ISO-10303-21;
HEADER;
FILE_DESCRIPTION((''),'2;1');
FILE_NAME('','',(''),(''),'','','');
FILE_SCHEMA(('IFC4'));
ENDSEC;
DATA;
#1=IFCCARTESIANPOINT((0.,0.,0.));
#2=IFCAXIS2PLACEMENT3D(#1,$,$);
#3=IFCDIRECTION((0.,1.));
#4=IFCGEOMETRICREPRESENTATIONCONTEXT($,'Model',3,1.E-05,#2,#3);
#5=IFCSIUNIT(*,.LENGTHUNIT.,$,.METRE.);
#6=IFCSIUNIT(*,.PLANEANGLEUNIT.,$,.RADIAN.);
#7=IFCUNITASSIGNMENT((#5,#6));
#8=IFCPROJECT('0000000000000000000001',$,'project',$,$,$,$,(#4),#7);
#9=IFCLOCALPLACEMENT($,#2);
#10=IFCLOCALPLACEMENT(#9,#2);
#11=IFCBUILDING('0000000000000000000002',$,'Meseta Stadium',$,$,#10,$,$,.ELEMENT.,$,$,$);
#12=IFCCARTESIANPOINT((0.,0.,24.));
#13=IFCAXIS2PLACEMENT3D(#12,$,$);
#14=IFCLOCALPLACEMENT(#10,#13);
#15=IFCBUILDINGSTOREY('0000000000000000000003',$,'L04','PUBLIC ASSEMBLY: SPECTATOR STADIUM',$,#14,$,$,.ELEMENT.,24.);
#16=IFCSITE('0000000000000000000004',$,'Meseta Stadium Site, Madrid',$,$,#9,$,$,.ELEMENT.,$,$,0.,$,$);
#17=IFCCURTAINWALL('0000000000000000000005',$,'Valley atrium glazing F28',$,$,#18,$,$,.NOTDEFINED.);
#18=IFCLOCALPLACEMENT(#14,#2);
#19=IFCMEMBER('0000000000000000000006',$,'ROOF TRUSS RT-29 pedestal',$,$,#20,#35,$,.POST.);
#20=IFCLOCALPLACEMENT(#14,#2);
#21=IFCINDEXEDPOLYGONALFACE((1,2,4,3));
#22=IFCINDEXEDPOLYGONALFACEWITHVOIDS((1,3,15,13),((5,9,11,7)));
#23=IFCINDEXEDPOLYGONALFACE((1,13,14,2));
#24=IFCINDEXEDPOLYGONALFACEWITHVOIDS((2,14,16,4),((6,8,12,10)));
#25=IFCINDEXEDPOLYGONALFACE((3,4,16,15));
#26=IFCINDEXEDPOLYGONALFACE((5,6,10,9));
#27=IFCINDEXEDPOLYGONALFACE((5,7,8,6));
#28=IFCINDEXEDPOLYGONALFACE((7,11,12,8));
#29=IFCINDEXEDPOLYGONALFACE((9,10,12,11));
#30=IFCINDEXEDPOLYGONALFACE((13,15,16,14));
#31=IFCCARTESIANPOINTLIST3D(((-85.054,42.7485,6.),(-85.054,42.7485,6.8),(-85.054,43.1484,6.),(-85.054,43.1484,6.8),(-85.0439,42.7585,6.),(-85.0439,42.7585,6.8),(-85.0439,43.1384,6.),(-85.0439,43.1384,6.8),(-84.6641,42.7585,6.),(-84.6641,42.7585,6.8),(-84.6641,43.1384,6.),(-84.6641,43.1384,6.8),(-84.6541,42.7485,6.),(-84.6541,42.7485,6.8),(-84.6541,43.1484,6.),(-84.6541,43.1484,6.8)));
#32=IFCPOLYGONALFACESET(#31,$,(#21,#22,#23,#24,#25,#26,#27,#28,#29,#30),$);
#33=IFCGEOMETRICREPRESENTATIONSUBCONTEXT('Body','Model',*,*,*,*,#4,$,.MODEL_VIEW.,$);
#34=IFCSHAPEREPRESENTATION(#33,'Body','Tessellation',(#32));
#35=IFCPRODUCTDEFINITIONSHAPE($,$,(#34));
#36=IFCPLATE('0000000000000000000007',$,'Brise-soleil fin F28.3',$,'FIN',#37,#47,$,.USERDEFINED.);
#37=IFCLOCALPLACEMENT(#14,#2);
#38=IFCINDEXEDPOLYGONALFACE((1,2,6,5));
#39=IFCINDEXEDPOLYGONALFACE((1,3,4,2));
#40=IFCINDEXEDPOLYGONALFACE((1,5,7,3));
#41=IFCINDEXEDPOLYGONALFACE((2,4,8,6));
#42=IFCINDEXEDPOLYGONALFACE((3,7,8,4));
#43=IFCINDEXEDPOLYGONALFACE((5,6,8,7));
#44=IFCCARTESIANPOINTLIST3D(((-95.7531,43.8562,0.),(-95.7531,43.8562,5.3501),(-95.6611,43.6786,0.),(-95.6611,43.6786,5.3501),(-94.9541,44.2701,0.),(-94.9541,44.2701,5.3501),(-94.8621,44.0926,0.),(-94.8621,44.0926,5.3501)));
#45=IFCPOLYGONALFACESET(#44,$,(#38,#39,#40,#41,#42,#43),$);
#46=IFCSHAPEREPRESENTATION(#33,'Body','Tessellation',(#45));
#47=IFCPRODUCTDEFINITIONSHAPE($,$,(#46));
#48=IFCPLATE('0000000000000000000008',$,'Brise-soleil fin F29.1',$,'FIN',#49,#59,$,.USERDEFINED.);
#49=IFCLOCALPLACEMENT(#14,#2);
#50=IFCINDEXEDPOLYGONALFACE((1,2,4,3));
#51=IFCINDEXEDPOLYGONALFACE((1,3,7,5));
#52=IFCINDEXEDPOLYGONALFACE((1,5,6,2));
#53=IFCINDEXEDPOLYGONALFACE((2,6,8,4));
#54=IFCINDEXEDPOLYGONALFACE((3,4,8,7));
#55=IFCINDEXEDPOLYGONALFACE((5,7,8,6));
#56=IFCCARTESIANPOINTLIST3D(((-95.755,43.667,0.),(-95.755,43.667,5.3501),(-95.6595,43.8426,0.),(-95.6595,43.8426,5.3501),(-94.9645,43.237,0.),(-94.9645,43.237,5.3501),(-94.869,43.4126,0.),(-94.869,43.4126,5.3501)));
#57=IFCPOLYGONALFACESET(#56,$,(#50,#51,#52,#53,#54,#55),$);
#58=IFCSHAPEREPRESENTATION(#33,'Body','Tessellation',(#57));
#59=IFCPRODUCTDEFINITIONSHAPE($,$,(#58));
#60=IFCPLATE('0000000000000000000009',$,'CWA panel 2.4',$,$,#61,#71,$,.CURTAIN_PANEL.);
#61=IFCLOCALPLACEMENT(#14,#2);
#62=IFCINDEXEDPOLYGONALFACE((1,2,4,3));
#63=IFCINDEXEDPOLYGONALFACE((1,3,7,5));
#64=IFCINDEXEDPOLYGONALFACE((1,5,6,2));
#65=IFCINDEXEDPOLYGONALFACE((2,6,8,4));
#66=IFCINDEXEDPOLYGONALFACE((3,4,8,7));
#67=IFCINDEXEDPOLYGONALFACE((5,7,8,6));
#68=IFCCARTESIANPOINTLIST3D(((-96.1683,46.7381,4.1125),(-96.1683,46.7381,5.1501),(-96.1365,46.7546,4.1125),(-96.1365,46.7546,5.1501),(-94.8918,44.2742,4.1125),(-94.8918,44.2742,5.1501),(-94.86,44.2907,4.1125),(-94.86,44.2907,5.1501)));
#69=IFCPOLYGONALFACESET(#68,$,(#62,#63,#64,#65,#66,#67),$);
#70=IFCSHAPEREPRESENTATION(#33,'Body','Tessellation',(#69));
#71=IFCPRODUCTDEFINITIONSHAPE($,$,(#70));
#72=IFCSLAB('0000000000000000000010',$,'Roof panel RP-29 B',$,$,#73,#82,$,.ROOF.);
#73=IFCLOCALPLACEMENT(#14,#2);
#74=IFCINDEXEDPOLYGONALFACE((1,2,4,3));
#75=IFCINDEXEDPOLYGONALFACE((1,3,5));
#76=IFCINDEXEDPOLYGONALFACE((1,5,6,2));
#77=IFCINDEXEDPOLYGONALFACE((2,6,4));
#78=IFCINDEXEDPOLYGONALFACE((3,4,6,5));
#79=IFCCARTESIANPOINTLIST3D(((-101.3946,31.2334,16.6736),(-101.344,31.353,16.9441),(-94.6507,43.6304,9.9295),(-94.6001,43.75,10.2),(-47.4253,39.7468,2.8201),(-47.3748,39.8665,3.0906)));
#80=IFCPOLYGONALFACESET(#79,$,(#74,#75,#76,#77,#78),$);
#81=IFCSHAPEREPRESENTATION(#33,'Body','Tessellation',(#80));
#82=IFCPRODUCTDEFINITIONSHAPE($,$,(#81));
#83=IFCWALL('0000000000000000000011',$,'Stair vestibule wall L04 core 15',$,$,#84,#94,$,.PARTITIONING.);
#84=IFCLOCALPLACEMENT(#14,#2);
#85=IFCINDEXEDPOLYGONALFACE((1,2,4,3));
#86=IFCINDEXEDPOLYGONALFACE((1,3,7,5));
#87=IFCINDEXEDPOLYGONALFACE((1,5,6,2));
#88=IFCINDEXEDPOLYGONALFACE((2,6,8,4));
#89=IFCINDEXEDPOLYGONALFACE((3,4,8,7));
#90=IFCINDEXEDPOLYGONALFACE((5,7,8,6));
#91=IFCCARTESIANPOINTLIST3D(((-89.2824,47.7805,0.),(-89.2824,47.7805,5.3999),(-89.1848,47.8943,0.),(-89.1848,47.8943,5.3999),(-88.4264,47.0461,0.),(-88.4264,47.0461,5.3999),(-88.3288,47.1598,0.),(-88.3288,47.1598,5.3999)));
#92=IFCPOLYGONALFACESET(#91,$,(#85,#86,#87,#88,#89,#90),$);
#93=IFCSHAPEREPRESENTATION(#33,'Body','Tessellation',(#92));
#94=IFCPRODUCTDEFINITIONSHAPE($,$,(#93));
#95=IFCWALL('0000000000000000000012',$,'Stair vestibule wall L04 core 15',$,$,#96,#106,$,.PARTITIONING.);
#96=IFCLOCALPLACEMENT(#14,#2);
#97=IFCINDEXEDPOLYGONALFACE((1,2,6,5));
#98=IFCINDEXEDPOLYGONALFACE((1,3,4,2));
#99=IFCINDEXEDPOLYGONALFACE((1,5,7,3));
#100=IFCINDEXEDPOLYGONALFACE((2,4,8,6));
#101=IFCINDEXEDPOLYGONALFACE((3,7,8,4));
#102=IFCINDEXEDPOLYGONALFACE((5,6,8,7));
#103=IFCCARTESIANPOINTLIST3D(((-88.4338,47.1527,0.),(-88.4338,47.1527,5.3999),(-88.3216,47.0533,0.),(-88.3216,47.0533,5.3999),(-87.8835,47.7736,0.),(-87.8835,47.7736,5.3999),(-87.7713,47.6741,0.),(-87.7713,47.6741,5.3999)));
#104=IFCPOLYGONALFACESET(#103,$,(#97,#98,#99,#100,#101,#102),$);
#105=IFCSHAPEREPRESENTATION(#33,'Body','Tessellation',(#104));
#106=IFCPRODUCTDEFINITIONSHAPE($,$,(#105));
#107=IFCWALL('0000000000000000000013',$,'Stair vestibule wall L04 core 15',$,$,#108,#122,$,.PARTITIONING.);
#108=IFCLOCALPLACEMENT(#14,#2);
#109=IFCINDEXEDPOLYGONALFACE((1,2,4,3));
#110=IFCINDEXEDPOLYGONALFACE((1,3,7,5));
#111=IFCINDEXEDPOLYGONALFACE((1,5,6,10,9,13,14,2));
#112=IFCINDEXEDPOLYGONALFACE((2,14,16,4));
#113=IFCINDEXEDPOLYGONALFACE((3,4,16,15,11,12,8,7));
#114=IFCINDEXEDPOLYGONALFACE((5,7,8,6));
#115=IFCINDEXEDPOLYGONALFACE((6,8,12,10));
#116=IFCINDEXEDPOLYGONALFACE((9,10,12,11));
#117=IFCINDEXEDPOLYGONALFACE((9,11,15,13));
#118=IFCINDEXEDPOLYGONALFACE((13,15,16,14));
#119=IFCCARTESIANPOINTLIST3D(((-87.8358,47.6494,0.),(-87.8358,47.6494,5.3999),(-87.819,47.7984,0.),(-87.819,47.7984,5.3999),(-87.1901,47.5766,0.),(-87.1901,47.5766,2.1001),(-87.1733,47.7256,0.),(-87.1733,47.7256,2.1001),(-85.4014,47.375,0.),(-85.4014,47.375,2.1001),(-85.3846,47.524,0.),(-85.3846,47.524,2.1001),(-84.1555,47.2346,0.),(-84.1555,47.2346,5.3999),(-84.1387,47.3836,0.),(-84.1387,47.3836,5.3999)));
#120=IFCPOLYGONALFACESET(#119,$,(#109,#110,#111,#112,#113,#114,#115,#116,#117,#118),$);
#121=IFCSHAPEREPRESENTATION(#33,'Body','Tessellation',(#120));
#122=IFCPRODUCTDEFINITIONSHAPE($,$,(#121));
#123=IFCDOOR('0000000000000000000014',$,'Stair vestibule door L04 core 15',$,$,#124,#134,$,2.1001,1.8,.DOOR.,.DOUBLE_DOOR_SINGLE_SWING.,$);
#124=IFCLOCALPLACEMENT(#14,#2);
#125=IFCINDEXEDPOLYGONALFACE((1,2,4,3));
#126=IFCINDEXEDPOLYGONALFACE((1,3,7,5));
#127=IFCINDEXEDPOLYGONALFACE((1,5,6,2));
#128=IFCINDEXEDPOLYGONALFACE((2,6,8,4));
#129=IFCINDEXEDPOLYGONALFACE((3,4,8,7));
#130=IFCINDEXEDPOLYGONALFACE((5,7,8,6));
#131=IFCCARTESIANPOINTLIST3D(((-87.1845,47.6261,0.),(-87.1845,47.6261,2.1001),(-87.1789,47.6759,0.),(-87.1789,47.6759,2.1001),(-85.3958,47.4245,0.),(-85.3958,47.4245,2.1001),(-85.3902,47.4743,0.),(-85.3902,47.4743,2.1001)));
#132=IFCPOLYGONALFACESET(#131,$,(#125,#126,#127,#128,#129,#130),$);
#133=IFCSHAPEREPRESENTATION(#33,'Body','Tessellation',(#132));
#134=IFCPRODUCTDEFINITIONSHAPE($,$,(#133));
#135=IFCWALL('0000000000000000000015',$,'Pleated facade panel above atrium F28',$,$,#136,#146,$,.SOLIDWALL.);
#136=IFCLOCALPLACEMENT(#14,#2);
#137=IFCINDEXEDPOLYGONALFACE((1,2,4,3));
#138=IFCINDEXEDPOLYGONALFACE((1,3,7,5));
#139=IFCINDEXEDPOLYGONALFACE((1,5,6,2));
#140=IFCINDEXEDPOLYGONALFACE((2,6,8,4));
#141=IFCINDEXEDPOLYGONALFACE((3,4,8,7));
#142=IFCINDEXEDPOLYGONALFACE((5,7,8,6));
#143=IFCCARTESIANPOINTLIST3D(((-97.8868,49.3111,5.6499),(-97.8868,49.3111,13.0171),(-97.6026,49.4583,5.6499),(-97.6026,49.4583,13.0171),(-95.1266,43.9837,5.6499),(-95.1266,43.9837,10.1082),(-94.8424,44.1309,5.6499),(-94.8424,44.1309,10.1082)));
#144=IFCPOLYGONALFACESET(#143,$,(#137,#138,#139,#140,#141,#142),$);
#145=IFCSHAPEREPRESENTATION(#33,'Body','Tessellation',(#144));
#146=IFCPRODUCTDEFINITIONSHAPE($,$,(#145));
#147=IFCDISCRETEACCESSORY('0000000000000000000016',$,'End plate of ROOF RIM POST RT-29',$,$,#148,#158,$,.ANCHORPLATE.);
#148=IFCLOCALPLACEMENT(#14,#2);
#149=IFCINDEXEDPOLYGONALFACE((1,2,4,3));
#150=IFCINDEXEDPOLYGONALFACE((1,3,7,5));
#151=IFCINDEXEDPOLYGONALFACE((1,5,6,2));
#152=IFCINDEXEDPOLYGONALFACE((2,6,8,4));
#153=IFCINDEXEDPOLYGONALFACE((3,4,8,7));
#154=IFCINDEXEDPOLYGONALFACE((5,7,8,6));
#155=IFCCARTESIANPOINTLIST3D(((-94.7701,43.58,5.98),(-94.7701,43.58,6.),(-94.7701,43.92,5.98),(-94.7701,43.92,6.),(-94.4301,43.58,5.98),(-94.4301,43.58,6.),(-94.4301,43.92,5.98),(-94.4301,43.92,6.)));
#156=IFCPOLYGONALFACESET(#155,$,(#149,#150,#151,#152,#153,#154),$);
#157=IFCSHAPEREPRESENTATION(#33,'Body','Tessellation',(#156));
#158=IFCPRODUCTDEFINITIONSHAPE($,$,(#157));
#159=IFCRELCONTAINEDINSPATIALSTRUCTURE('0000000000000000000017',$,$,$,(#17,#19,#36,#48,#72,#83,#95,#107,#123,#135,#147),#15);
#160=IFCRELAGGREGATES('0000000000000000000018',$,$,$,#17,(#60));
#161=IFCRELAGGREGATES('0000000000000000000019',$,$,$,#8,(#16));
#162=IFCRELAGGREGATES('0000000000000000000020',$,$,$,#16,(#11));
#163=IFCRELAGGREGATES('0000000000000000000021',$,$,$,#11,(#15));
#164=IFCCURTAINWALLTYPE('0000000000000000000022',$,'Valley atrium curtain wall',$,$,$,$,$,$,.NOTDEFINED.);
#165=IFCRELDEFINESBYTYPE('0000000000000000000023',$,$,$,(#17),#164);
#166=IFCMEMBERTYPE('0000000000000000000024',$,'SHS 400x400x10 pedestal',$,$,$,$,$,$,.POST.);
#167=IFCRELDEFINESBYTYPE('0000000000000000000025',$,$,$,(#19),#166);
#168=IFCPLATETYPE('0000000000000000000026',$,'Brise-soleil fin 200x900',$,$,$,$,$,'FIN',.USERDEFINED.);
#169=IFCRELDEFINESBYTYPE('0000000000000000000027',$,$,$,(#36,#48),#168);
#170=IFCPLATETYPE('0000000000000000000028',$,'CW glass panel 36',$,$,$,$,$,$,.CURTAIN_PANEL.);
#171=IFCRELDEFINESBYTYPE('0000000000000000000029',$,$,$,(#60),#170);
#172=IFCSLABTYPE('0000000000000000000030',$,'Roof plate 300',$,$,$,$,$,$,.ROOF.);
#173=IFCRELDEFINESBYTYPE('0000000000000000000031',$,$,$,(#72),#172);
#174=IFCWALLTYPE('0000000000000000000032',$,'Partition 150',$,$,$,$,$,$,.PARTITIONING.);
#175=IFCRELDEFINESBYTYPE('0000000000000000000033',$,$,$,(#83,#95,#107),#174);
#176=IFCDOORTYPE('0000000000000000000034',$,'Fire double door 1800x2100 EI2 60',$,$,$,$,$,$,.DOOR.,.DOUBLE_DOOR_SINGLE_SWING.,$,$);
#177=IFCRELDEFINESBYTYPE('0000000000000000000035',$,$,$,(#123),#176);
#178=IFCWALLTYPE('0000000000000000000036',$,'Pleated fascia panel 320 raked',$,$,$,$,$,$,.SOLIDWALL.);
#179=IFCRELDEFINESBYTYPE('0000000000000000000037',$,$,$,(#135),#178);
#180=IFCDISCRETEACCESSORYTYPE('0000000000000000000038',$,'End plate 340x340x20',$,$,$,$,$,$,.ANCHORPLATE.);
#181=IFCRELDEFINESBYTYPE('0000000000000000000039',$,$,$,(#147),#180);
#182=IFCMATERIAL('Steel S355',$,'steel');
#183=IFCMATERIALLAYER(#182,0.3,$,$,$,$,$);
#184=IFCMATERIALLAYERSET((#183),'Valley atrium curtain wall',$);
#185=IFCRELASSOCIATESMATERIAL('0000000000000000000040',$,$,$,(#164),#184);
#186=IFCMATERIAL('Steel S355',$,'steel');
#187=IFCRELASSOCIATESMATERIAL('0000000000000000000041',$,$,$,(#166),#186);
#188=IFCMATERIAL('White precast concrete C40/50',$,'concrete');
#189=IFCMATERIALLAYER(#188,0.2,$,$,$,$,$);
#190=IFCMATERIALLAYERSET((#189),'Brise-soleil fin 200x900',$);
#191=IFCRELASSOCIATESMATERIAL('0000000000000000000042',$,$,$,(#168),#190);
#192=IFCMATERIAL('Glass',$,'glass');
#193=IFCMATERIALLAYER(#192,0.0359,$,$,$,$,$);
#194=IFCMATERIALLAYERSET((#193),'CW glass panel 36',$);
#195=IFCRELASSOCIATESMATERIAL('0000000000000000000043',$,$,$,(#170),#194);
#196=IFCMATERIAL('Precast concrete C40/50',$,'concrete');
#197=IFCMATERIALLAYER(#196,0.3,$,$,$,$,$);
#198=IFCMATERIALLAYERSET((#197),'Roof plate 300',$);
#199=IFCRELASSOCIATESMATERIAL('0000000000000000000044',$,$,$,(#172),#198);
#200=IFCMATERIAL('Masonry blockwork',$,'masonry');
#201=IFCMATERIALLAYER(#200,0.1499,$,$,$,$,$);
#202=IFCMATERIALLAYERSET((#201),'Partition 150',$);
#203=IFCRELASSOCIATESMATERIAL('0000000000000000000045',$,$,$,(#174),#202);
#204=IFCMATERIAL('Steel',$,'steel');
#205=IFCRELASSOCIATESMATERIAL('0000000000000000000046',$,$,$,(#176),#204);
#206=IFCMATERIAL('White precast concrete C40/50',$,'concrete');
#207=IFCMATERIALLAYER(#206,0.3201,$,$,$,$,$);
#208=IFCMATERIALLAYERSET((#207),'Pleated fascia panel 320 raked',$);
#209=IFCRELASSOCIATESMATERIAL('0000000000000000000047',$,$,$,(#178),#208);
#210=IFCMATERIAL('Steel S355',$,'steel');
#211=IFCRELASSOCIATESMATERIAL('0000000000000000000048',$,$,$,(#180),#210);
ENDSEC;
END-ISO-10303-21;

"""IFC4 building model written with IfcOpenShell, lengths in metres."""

from ifc_helpers import new_model, si_unit, direction, frame, frame_2d, origin, origin_2d, place, context, subcontext, project, spatial, polyline, rectangle, hollow_rectangle, outline, extrude, material, layer, layer_set, material_profile, profile_set, type_object, element, fill, aggregate, save


model = new_model("IFC4")

# Units and contexts
model_context = context("Model", 3, precision=1e-05, world=origin(), true_north=direction((0.0, 1.0)))
body_context = subcontext(model_context, "Body", "Model", "MODEL_VIEW")
ifc_project = project(units=[si_unit("LENGTHUNIT", "METRE"), si_unit("PLANEANGLEUNIT", "RADIAN")], contexts=[model_context])

# Site, building, storey
site_placement = place(None, origin())
site = spatial("IfcSite", under=ifc_project, at=site_placement, Name="Meseta Stadium Site, Madrid", CompositionType="ELEMENT", RefElevation=0.0)
building_placement = place(site_placement, origin())
building = spatial("IfcBuilding", under=site, at=building_placement, Name="Meseta Stadium", CompositionType="ELEMENT")
storey_placement = place(building_placement, frame((0.0, 0.0, 24.0)))
storey = spatial("IfcBuildingStorey", under=building, at=storey_placement, Name="L04", Description="PUBLIC ASSEMBLY: SPECTATOR STADIUM", CompositionType="ELEMENT", Elevation=24.0)

# Curtain wall
ifc_material_1 = material(Name="Steel S355", Category="steel")
ifc_layer_1 = layer(ifc_material_1, 0.3)
ifc_layer_set_1 = layer_set([ifc_layer_1], Name="Valley atrium curtain wall")
curtain_wall_type = type_object("IfcCurtainWallType", Name="Valley atrium curtain wall", PredefinedType="NOTDEFINED", material=ifc_layer_set_1)
curtain_wall_1_placement = place(storey_placement, origin())
curtain_wall_1 = element("IfcCurtainWall", 1, at=curtain_wall_1_placement, inside=storey, type_object=curtain_wall_type, Name="Valley atrium glazing F28", PredefinedType="NOTDEFINED")

# Member
ifc_material_2 = material(Name="Steel S355", Category="steel")
ifc_material_profile_1 = material_profile(ifc_material_2, hollow_rectangle(XDim=0.3999, YDim=0.3999, WallThickness=0.01, at=origin_2d()), Name="SHS 400x400x10")
ifc_profile_set_1 = profile_set([ifc_material_profile_1], Name="Steel S355")
member_type_1 = type_object("IfcMemberType", Name="SHS 400x400x10 pedestal", PredefinedType="POST", material=ifc_profile_set_1)
member_1_placement = place(storey_placement, frame((-84.854, 42.9485, 6.0), z_axis=(0.0, 0.0, 1.0), x_axis=(1.0, 0.0, 0.0)))
element("IfcMember", 2, at=member_1_placement, inside=storey, type_object=member_type_1, Name="ROOF TRUSS RT-29 pedestal", PredefinedType="POST", context=body_context, shape_type="SweptSolid", body=[
    extrude(hollow_rectangle(XDim=0.3999, YDim=0.3999, WallThickness=0.01, at=origin_2d()), origin(), (0.0, 0.0, 1.0), 0.8),
])

# Plates
ifc_material_3 = material(Name="White precast concrete C40/50", Category="concrete")
ifc_layer_2 = layer(ifc_material_3, 0.2)
ifc_layer_set_2 = layer_set([ifc_layer_2], Name="Brise-soleil fin 200x900")
plate_type_1 = type_object("IfcPlateType", Name="Brise-soleil fin 200x900", ElementType="FIN", PredefinedType="USERDEFINED", material=ifc_layer_set_2)
for number, where, z_axis, x_axis, name in (
    (3, (-95.3076, 43.9744, 0.0), (0.0, 0.0, 1.0), (0.460016, -0.887911, 0.0), "Brise-soleil fin F28.3"),
    (4, (-95.312, 43.5398, 0.0), (0.0, 0.0, 1.0), (-0.477867, -0.878432, 0.0), "Brise-soleil fin F29.1"),
):
    element("IfcPlate", number, at=place(storey_placement, frame(where, z_axis=z_axis, x_axis=x_axis)), inside=storey, type_object=plate_type_1, Name=name, ObjectType="FIN", PredefinedType="USERDEFINED", context=body_context, shape_type="SweptSolid", body=[
        extrude(rectangle(XDim=0.2, YDim=0.8999, at=origin_2d()), origin(), (0.0, 0.0, 1.0), 5.3501),
    ])

# Plate
ifc_material_4 = material(Name="Glass", Category="glass")
ifc_layer_3 = layer(ifc_material_4, 0.0359)
ifc_layer_set_3 = layer_set([ifc_layer_3], Name="CW glass panel 36")
plate_type_2 = type_object("IfcPlateType", Name="CW glass panel 36", PredefinedType="CURTAIN_PANEL", material=ifc_layer_set_3)
plate_placement = place(storey_placement, frame((-95.5142, 45.5144, 4.1125), z_axis=(0.0, 0.0, 1.0), x_axis=(0.460016, -0.887911, 0.0)))
plate = element("IfcPlate", 5, at=plate_placement, type_object=plate_type_2, Name="CWA panel 2.4", PredefinedType="CURTAIN_PANEL", context=body_context, shape_type="SweptSolid", body=[
    extrude(rectangle(XDim=2.7749, YDim=0.0359, at=origin_2d()), origin(), (0.0, 0.0, 1.0), 1.0376),
])
aggregate(curtain_wall_1, [plate])

# Slab
ifc_material_5 = material(Name="Precast concrete C40/50", Category="concrete")
ifc_layer_4 = layer(ifc_material_5, 0.3)
ifc_layer_set_4 = layer_set([ifc_layer_4], Name="Roof plate 300")
slab_type = type_object("IfcSlabType", Name="Roof plate 300", PredefinedType="ROOF", material=ifc_layer_set_4)
slab_placement = place(storey_placement, frame((-94.6001, 43.75, 10.2), z_axis=(0.168496, 0.398742, 0.901451), x_axis=(0.985604, -0.081051, -0.148374)))
element("IfcSlab", 6, at=slab_placement, inside=storey, type_object=slab_type, Name="Roof panel RP-29 B", PredefinedType="ROOF", context=body_context, shape_type="SweptSolid", body=[
    extrude(outline(polyline([(0.0, 0.0), (47.9151, 0.0), (-6.6427, -14.1606), (0.0, 0.0)])), origin(), (0.0, 0.0, -1.0), 0.3),
])

# Walls
ifc_material_6 = material(Name="Masonry blockwork", Category="masonry")
ifc_layer_5 = layer(ifc_material_6, 0.1499)
ifc_layer_set_5 = layer_set([ifc_layer_5], Name="Partition 150")
wall_type_1 = type_object("IfcWallType", Name="Partition 150", PredefinedType="PARTITIONING", material=ifc_layer_set_5)
wall_1_placement = place(storey_placement, frame((-89.2336, 47.8374, 0.0), z_axis=(0.0, 0.0, 1.0), x_axis=(0.758951, -0.651148, 0.0)))
element("IfcWall", 7, at=wall_1_placement, inside=storey, type_object=wall_type_1, Name="Stair vestibule wall L04 core 15", PredefinedType="PARTITIONING", context=body_context, shape_type="SweptSolid", body=[
    extrude(rectangle(XDim=1.1279, YDim=0.1499, at=frame_2d((0.564, 0.0))), origin(), (0.0, 0.0, 1.0), 5.3999),
])
wall_2_placement = place(storey_placement, frame((-88.3777, 47.103, 0.0), z_axis=(0.0, 0.0, 1.0), x_axis=(0.663304, 0.74835, 0.0)))
element("IfcWall", 8, at=wall_2_placement, inside=storey, type_object=wall_type_1, Name="Stair vestibule wall L04 core 15", PredefinedType="PARTITIONING", context=body_context, shape_type="SweptSolid", body=[
    extrude(rectangle(XDim=0.8296, YDim=0.1499, at=frame_2d((0.4148, 0.0))), origin(), (0.0, 0.0, 1.0), 5.3999),
])

# Wall, opening, door
wall_3_placement = place(storey_placement, frame((-87.8274, 47.7239, 0.0), z_axis=(0.0, 0.0, 1.0), x_axis=(0.993709, -0.111994, 0.0)))
wall_3 = element("IfcWall", 9, at=wall_3_placement, inside=storey, type_object=wall_type_1, Name="Stair vestibule wall L04 core 15", PredefinedType="PARTITIONING", context=body_context, shape_type="SweptSolid", body=[
    extrude(rectangle(XDim=3.7036, YDim=0.1499, at=frame_2d((1.8518, 0.0))), origin(), (0.0, 0.0, 1.0), 5.3999),
])
opening_placement = place(wall_3_placement, frame((0.6499, 0.0, 0.0)))
opening = element("IfcOpeningElement", 10, at=opening_placement, cuts=wall_3, PredefinedType="OPENING", context=body_context, shape_type="SweptSolid", body=[
    extrude(rectangle(XDim=1.8, YDim=2.1001, at=frame_2d((0.8999, 1.05))), frame((0.0, 0.085, 0.0), z_axis=(0.0, -1.0, 0.0), x_axis=(1.0, 0.0, 0.0)), (0.0, 0.0, 1.0), 0.1699),
])
ifc_material_7 = material(Name="Steel", Category="steel")
door_type = type_object("IfcDoorType", Name="Fire double door 1800x2100 EI2 60", OperationType="DOUBLE_DOOR_SINGLE_SWING", PredefinedType="DOOR", material=ifc_material_7)
door_placement = place(opening_placement, origin())
door = element("IfcDoor", 11, at=door_placement, inside=storey, type_object=door_type, Name="Stair vestibule door L04 core 15", OperationType="DOUBLE_DOOR_SINGLE_SWING", OverallHeight=2.1001, OverallWidth=1.8, PredefinedType="DOOR", context=body_context, shape_type="SweptSolid", body=[
    extrude(rectangle(XDim=1.8, YDim=2.1001, at=frame_2d((0.8999, 1.05))), frame((0.0, 0.0249, 0.0), z_axis=(0.0, -1.0, 0.0), x_axis=(1.0, 0.0, 0.0)), (0.0, 0.0, 1.0), 0.05),
])
fill(opening, door)

# Wall
ifc_material_8 = material(Name="White precast concrete C40/50", Category="concrete")
ifc_layer_6 = layer(ifc_material_8, 0.3201)
ifc_layer_set_6 = layer_set([ifc_layer_6], Name="Pleated fascia panel 320 raked")
wall_type_2 = type_object("IfcWallType", Name="Pleated fascia panel 320 raked", PredefinedType="SOLIDWALL", material=ifc_layer_set_6)
wall_4_placement = place(storey_placement, frame((-94.9844, 44.0574, 5.6499), z_axis=(0.0, 0.0, 1.0), x_axis=(-0.460042, 0.887897, 0.0)))
element("IfcWall", 12, at=wall_4_placement, inside=storey, type_object=wall_type_2, Name="Pleated facade panel above atrium F28", PredefinedType="SOLIDWALL", context=body_context, shape_type="SweptSolid", body=[
    extrude(outline(polyline([(0.0, 0.0), (6.0, 0.0), (6.0, 7.3672), (0.0, 4.4583), (0.0, 0.0)])), frame((0.0, 0.1602, 0.0), z_axis=(0.0, -1.0, 0.0), x_axis=(1.0, 0.0, 0.0)), (0.0, 0.0, 1.0), 0.3201),
])

# Discrete accessory
ifc_material_9 = material(Name="Steel S355", Category="steel")
ifc_material_profile_2 = material_profile(ifc_material_9, rectangle(XDim=0.3401, YDim=0.3401, at=origin_2d()), Name="PL 340x340")
ifc_profile_set_2 = profile_set([ifc_material_profile_2], Name="Steel S355")
discrete_accessory_type = type_object("IfcDiscreteAccessoryType", Name="End plate 340x340x20", PredefinedType="ANCHORPLATE", material=ifc_profile_set_2)
discrete_accessory_placement = place(storey_placement, frame((-94.6001, 43.75, 5.98), z_axis=(0.0, 0.0, 1.0), x_axis=(1.0, 0.0, 0.0)))
element("IfcDiscreteAccessory", 13, at=discrete_accessory_placement, inside=storey, type_object=discrete_accessory_type, Name="End plate of ROOF RIM POST RT-29", PredefinedType="ANCHORPLATE", context=body_context, shape_type="SweptSolid", body=[
    extrude(rectangle(XDim=0.3401, YDim=0.3401, at=origin_2d()), origin(), (0.0, 0.0, 1.0), 0.02),
])

save(model, "model.ifc")
